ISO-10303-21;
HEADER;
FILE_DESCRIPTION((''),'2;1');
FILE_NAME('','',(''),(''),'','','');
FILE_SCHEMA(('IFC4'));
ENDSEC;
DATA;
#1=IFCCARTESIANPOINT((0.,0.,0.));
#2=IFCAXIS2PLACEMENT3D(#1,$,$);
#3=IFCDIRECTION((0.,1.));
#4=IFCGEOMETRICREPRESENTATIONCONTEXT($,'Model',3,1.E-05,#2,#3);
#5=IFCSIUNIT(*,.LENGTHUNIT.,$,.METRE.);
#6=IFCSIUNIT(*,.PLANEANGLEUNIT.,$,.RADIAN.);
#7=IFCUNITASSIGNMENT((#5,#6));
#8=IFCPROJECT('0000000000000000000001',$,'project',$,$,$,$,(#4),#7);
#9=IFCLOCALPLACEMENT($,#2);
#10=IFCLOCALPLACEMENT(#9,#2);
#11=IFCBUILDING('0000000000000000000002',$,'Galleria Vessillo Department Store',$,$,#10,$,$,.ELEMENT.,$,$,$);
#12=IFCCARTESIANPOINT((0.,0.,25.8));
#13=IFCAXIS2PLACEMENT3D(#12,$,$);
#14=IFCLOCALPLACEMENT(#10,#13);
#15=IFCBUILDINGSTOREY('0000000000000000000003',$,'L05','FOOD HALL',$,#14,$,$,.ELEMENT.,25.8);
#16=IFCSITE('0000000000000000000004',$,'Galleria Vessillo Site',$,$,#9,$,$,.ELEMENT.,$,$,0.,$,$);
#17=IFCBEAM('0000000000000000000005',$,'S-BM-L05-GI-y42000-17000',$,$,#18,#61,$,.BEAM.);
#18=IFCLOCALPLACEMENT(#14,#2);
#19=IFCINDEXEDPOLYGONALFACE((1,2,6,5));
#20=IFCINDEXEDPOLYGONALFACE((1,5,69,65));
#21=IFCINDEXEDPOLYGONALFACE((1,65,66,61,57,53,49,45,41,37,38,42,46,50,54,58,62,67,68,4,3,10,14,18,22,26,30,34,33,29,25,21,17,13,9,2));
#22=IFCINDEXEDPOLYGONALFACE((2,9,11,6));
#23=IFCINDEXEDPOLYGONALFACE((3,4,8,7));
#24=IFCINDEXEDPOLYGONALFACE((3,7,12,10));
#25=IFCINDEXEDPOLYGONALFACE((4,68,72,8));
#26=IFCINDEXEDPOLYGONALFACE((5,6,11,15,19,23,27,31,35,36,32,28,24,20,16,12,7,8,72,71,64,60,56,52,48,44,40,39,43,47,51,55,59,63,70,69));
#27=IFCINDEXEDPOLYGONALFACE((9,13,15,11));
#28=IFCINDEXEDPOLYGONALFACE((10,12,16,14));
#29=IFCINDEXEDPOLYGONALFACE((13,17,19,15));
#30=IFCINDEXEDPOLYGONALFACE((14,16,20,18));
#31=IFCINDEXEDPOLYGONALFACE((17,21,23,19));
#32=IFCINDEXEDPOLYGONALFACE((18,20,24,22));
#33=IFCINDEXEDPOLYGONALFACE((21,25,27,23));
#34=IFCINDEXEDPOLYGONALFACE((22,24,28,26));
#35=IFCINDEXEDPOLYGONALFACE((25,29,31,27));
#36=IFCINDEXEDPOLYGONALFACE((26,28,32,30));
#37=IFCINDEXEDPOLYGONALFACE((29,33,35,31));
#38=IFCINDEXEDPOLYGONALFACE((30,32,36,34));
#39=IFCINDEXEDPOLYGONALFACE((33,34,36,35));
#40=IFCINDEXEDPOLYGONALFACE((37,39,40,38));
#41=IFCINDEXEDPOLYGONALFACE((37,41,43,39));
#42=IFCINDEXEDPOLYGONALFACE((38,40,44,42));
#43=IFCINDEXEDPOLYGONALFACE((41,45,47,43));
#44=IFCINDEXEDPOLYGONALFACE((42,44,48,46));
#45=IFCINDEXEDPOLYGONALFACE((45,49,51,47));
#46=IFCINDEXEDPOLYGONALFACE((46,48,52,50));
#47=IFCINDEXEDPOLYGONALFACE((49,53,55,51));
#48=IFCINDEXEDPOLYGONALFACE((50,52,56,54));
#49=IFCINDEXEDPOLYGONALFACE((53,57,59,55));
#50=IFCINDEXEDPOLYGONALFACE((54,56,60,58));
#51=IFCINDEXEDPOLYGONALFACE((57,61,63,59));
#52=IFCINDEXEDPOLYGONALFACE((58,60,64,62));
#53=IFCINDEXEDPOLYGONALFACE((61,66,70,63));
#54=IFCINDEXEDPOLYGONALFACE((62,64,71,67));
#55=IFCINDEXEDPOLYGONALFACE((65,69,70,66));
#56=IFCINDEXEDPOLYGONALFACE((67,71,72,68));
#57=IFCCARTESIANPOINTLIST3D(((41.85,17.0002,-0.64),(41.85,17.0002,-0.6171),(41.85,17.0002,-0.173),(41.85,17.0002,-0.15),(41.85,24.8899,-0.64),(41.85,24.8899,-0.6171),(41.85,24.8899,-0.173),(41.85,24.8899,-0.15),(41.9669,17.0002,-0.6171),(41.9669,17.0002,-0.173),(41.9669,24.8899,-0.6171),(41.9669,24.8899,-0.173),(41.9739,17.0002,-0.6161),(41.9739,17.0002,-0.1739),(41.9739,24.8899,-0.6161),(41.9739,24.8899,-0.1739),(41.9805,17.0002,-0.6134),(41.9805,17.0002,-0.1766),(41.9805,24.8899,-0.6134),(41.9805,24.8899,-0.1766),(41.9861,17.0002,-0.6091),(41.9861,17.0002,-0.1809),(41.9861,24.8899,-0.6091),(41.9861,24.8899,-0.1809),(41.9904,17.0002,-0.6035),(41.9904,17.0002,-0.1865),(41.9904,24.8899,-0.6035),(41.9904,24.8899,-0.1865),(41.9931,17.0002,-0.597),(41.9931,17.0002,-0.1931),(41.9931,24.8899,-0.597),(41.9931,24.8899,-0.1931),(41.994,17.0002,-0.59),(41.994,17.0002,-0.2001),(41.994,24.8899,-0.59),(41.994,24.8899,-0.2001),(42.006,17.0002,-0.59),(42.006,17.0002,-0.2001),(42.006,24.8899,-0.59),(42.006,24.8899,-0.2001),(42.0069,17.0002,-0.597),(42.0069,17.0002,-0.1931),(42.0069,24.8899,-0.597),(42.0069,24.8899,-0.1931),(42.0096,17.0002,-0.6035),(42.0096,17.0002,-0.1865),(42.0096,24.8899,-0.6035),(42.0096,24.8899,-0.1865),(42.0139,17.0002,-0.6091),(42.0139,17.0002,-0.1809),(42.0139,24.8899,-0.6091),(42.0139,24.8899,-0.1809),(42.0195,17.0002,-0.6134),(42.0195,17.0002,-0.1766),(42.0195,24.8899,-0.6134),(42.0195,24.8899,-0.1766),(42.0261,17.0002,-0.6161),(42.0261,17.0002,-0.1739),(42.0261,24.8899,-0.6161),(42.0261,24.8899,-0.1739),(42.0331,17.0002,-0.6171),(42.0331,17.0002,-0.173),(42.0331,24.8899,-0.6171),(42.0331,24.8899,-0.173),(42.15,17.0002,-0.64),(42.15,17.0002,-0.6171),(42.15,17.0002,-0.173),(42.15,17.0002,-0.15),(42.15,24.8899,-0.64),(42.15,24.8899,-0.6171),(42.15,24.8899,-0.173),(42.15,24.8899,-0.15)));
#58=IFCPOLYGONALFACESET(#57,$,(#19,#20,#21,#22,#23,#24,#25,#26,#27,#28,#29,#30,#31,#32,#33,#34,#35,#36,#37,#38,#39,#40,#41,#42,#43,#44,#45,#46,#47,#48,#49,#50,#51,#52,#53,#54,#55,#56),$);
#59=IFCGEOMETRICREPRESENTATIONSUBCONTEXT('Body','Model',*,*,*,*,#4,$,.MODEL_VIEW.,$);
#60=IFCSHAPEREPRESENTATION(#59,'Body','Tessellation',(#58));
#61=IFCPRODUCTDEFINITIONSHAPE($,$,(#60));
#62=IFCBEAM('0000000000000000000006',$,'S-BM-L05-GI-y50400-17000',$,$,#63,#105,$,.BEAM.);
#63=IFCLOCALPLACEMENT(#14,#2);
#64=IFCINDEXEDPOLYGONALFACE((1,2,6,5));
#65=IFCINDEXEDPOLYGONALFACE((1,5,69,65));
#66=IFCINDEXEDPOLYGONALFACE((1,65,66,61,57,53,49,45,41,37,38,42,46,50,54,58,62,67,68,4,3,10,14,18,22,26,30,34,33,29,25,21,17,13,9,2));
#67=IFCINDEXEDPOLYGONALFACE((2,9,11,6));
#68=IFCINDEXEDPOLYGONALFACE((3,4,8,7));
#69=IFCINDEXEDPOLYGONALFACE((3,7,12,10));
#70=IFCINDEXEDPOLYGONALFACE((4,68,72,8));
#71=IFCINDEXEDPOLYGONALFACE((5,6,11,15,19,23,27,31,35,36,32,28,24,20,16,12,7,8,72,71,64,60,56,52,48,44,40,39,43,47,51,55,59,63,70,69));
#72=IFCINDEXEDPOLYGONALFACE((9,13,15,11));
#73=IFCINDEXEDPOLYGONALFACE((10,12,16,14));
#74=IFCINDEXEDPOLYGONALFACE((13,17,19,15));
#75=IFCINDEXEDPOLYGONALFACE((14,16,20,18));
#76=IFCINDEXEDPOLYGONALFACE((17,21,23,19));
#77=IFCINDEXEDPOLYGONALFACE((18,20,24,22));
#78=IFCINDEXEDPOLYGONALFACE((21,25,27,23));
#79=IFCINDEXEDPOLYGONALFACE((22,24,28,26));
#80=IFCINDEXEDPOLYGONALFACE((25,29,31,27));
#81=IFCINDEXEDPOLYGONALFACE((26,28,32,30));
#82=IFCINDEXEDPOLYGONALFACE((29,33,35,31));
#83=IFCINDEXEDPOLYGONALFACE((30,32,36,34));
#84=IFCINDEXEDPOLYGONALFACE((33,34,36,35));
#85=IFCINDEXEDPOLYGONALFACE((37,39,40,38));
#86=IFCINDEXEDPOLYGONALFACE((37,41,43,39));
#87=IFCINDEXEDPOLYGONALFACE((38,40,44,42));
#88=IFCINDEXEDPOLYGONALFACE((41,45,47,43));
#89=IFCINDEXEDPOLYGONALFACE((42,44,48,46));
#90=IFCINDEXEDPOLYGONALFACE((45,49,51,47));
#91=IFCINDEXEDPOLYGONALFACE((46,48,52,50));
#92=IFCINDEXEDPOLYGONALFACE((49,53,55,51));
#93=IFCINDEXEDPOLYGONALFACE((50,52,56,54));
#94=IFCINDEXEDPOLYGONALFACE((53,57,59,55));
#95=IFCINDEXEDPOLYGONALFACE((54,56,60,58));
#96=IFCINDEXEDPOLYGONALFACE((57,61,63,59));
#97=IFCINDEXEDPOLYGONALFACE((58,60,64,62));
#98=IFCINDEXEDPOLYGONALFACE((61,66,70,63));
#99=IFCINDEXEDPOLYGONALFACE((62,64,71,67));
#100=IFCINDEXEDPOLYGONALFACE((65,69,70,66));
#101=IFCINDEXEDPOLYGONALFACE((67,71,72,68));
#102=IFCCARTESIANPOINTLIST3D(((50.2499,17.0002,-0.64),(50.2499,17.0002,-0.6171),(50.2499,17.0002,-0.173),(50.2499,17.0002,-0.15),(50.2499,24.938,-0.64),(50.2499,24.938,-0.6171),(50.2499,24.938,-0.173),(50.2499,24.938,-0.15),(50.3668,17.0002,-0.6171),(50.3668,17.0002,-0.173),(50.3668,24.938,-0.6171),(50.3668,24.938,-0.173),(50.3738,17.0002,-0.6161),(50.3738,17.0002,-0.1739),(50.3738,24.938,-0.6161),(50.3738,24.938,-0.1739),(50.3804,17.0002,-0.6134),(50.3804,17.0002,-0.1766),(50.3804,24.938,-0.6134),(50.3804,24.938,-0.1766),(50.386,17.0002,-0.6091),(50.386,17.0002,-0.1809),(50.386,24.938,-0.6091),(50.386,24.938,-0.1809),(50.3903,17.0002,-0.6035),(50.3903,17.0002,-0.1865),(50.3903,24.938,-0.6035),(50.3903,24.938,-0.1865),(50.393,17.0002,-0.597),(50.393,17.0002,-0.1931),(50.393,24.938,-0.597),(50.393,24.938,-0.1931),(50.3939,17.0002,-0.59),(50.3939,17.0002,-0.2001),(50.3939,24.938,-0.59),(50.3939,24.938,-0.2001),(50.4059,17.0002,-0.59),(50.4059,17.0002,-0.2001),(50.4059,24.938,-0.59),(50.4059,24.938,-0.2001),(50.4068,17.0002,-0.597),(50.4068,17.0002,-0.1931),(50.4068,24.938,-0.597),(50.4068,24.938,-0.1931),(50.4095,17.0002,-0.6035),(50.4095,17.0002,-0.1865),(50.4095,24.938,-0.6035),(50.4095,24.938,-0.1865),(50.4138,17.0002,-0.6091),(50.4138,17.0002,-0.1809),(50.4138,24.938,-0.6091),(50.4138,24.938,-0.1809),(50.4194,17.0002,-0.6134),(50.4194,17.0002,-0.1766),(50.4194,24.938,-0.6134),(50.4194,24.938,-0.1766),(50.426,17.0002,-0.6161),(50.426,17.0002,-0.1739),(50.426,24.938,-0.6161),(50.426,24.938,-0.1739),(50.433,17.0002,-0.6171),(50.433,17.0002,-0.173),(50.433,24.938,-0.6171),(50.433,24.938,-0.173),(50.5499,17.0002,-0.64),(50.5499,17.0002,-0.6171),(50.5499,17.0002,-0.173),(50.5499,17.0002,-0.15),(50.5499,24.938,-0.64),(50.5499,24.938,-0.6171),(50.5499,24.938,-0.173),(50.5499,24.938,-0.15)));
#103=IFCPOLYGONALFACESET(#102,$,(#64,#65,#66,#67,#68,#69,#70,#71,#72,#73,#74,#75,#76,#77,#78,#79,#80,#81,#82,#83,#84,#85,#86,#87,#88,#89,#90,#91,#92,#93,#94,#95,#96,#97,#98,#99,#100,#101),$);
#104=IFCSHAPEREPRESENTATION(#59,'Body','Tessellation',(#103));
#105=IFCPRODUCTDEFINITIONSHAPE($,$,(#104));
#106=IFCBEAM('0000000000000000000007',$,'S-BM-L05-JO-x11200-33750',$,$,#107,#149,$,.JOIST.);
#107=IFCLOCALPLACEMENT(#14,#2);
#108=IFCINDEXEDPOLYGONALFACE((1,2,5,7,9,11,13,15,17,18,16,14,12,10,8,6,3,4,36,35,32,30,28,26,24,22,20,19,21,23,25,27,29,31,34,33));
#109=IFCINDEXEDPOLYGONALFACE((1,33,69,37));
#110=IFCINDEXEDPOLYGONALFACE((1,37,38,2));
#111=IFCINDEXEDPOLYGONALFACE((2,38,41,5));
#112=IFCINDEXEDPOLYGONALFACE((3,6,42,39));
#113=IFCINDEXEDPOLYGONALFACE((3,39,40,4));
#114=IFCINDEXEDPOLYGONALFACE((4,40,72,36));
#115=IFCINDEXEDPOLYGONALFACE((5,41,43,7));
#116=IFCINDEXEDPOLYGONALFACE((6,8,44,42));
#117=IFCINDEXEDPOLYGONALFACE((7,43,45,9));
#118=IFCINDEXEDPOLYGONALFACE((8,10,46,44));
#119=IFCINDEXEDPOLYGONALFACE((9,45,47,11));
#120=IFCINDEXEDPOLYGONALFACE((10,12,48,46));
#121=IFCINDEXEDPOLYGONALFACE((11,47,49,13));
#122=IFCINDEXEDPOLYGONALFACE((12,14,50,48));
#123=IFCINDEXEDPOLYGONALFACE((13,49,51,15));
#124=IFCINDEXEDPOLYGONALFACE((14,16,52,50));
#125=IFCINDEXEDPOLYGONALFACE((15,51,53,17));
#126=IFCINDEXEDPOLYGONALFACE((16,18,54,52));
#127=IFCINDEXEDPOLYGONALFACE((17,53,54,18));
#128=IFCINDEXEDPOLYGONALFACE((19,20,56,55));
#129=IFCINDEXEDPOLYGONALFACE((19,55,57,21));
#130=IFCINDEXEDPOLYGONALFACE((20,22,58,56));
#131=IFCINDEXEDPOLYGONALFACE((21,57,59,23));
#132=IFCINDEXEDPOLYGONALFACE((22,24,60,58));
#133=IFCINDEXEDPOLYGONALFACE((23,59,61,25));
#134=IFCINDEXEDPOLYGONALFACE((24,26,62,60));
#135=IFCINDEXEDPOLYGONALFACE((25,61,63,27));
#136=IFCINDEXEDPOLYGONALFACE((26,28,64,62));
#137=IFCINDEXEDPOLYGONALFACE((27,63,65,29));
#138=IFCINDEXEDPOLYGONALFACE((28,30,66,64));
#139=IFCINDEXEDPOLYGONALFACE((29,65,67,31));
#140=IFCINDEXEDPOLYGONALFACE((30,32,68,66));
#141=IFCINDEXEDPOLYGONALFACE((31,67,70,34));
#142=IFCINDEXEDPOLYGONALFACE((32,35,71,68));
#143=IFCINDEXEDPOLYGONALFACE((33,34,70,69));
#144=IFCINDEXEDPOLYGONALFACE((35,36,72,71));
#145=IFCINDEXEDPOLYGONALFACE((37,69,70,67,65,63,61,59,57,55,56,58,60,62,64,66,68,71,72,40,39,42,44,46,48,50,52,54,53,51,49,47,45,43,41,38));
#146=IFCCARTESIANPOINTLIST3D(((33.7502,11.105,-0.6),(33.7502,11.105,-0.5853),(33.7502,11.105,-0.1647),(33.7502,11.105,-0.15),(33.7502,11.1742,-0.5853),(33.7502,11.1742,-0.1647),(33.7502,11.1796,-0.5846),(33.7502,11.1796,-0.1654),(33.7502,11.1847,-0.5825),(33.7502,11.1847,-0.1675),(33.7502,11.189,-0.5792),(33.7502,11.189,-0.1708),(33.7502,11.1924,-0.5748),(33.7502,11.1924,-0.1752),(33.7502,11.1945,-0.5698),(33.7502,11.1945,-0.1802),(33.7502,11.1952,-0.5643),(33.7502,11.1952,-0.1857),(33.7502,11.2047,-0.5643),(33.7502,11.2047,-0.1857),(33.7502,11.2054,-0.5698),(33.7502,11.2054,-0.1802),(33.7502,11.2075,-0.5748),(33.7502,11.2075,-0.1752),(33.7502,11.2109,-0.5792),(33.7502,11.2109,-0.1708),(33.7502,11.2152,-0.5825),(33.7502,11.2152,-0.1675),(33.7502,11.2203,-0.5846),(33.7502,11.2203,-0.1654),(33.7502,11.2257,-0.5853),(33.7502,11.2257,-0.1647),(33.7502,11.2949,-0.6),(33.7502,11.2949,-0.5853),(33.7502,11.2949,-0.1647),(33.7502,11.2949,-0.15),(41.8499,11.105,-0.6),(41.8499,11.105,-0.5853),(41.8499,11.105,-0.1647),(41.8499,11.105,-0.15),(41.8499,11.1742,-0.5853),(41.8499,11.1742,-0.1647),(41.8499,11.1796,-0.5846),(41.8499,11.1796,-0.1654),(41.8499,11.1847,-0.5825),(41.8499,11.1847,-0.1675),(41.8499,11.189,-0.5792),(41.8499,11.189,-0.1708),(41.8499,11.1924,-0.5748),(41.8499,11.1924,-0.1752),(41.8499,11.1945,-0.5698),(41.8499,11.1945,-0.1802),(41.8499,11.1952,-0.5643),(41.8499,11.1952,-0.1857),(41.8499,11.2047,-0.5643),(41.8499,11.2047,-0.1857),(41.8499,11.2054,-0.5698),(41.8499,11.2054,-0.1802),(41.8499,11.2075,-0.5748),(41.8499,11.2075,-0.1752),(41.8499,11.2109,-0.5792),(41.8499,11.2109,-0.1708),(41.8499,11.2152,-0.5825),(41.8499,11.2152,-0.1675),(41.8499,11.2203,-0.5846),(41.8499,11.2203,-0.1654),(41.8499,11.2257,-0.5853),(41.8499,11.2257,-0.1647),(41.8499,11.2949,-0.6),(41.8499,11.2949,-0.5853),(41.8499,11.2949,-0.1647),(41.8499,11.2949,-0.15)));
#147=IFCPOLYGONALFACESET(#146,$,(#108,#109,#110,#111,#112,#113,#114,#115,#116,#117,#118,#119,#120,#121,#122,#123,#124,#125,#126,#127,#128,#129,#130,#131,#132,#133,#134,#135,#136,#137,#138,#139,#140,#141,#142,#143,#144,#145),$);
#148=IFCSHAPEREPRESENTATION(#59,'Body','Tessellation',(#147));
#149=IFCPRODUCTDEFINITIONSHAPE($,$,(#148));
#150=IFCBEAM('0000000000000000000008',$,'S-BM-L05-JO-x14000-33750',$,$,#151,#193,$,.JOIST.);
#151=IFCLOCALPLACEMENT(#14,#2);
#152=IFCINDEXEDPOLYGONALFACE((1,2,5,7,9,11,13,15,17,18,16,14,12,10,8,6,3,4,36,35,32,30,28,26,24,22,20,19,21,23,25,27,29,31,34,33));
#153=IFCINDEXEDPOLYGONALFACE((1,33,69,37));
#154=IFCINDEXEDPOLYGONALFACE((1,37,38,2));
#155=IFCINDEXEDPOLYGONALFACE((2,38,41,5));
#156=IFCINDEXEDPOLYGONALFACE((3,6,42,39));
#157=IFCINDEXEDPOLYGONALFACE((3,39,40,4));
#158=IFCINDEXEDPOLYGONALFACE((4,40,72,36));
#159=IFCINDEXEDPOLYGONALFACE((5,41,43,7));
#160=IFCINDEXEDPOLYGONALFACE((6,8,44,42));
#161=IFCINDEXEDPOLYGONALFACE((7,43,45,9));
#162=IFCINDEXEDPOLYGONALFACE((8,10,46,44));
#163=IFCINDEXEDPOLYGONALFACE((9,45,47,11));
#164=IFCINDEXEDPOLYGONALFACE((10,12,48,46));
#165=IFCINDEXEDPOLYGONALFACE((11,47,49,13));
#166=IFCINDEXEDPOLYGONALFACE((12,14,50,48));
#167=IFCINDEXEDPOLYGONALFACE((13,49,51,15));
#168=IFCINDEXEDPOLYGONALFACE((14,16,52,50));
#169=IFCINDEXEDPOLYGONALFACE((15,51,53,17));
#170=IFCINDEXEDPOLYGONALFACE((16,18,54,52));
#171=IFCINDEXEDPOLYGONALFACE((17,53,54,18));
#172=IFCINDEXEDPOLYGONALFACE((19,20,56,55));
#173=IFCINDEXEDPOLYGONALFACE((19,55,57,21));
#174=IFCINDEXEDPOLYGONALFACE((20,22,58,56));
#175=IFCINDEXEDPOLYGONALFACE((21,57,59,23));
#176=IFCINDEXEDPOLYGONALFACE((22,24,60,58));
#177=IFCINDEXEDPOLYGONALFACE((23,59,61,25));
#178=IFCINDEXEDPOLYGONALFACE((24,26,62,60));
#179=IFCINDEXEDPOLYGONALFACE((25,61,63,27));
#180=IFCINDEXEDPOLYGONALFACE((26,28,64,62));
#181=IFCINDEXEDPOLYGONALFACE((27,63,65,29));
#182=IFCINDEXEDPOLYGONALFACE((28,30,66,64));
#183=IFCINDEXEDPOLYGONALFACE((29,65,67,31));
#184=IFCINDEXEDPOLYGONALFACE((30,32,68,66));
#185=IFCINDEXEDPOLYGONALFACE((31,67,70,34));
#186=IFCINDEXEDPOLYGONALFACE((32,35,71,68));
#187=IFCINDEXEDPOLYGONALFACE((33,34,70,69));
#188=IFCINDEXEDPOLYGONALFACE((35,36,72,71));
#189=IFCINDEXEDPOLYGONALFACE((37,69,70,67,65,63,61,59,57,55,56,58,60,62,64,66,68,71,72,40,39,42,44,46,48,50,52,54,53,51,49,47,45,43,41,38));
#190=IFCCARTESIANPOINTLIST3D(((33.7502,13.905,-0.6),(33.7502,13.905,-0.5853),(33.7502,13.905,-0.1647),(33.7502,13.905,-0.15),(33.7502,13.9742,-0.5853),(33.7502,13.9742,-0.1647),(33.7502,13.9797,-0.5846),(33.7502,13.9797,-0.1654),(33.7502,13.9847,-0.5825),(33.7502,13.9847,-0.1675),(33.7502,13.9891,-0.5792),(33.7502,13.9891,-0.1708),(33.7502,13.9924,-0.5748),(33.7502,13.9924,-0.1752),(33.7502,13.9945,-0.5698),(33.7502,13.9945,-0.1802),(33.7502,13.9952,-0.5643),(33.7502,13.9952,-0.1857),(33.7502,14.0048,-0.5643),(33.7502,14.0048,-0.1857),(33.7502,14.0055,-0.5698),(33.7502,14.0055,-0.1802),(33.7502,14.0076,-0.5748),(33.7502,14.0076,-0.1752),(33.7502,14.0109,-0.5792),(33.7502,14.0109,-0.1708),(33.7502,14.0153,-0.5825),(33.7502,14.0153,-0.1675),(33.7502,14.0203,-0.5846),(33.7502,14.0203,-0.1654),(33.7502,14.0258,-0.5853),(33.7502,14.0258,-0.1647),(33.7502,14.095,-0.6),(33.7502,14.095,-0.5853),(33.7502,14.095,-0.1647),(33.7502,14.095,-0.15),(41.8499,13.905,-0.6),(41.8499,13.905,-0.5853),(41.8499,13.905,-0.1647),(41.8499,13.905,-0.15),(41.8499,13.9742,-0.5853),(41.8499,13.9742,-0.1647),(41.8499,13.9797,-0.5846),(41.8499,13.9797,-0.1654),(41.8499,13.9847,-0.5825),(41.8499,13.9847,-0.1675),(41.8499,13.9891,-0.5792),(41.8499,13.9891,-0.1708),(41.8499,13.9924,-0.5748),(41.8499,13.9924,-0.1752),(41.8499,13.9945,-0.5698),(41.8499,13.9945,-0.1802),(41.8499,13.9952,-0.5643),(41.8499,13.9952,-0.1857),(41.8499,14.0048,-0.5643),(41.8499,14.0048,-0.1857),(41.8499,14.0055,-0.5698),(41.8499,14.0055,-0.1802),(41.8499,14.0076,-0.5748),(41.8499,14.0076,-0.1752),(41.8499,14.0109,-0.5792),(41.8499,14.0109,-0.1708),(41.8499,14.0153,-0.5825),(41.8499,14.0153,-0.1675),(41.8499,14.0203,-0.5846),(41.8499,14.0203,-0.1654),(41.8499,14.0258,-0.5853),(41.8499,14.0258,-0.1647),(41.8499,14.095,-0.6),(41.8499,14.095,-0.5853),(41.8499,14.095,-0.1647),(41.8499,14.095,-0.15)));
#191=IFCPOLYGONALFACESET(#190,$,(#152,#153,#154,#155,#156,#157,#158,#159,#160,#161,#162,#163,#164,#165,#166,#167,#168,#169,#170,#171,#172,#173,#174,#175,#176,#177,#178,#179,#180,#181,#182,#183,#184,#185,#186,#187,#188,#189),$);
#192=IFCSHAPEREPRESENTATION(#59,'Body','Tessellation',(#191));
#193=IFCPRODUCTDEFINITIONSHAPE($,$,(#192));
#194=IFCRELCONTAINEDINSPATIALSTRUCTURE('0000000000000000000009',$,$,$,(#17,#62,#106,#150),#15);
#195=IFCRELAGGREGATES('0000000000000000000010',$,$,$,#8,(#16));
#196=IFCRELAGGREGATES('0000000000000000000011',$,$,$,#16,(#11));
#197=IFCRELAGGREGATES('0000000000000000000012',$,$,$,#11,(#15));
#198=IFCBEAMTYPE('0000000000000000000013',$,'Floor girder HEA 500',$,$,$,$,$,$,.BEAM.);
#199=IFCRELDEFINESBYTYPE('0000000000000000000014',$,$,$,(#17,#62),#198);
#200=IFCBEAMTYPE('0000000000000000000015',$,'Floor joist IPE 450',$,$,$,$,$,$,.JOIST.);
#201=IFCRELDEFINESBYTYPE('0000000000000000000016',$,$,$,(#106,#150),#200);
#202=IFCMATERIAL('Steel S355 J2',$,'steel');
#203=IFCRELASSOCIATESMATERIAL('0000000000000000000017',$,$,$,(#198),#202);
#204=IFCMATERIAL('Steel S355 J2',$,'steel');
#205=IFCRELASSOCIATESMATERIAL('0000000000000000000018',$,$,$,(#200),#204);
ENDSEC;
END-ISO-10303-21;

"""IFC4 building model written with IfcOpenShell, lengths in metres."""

from ifc_helpers import new_model, si_unit, direction, frame, origin, origin_2d, place, context, subcontext, project, spatial, i_section, extrude, material, material_profile, profile_set, type_object, element, save


model = new_model("IFC4")

# Units and contexts
model_context = context("Model", 3, precision=1e-05, world=origin(), true_north=direction((0.0, 1.0)))
body_context = subcontext(model_context, "Body", "Model", "MODEL_VIEW")
ifc_project = project(units=[si_unit("LENGTHUNIT", "METRE"), si_unit("PLANEANGLEUNIT", "RADIAN")], contexts=[model_context])

# Site, building, storey
site_placement = place(None, origin())
site = spatial("IfcSite", under=ifc_project, at=site_placement, Name="Galleria Vessillo Site", CompositionType="ELEMENT", RefElevation=0.0)
building_placement = place(site_placement, origin())
building = spatial("IfcBuilding", under=site, at=building_placement, Name="Galleria Vessillo Department Store", CompositionType="ELEMENT")
storey_placement = place(building_placement, frame((0.0, 0.0, 25.8)))
storey = spatial("IfcBuildingStorey", under=building, at=storey_placement, Name="L05", Description="FOOD HALL", CompositionType="ELEMENT", Elevation=25.8)

# Beams
ifc_material_1 = material(Name="Steel S355 J2", Category="steel")
ifc_material_profile_1 = material_profile(ifc_material_1, i_section(OverallWidth=0.3, OverallDepth=0.49, WebThickness=0.012, FlangeThickness=0.0229, FilletRadius=0.0271, at=origin_2d()), Name="HEA 500")
ifc_profile_set_1 = profile_set([ifc_material_profile_1], Name="Steel S355 J2")
beam_type_1 = type_object("IfcBeamType", Name="Floor girder HEA 500", PredefinedType="BEAM", material=ifc_profile_set_1)
for number, where, z_axis, x_axis, name in (
    (1, (42.0, 17.0002, -0.395), (0.0, 1.0, 0.0), (-1.0, 0.0, 0.0), "S-BM-L05-GI-y42000-17000"),
):
    element("IfcBeam", number, at=place(storey_placement, frame(where, z_axis=z_axis, x_axis=x_axis)), inside=storey, type_object=beam_type_1, Name=name, PredefinedType="BEAM", context=body_context, shape_type="SweptSolid", body=[
        extrude(i_section(OverallWidth=0.3, OverallDepth=0.49, WebThickness=0.012, FlangeThickness=0.0229, FilletRadius=0.0271, at=origin_2d()), origin(), (0.0, 0.0, 1.0), 7.8896),
    ])
beam_placement = place(storey_placement, frame((50.3999, 17.0002, -0.395), z_axis=(0.0, 1.0, 0.0), x_axis=(-1.0, 0.0, 0.0)))
element("IfcBeam", 2, at=beam_placement, inside=storey, type_object=beam_type_1, Name="S-BM-L05-GI-y50400-17000", PredefinedType="BEAM", context=body_context, shape_type="SweptSolid", body=[
    extrude(i_section(OverallWidth=0.3, OverallDepth=0.49, WebThickness=0.012, FlangeThickness=0.0229, FilletRadius=0.0271, at=origin_2d()), origin(), (0.0, 0.0, 1.0), 7.9377),
])
ifc_material_2 = material(Name="Steel S355 J2", Category="steel")
ifc_material_profile_2 = material_profile(ifc_material_2, i_section(OverallWidth=0.1899, OverallDepth=0.45, WebThickness=0.0095, FlangeThickness=0.0146, FilletRadius=0.021, at=origin_2d()), Name="IPE 450")
ifc_profile_set_2 = profile_set([ifc_material_profile_2], Name="Steel S355 J2")
beam_type_2 = type_object("IfcBeamType", Name="Floor joist IPE 450", PredefinedType="JOIST", material=ifc_profile_set_2)
for number, where, z_axis, x_axis, name in (
    (3, (33.7502, 11.2, -0.375), (1.0, 0.0, 0.0), (0.0, 1.0, 0.0), "S-BM-L05-JO-x11200-33750"),
    (4, (33.7502, 14.0, -0.375), (1.0, 0.0, 0.0), (0.0, 1.0, 0.0), "S-BM-L05-JO-x14000-33750"),
):
    element("IfcBeam", number, at=place(storey_placement, frame(where, z_axis=z_axis, x_axis=x_axis)), inside=storey, type_object=beam_type_2, Name=name, PredefinedType="JOIST", context=body_context, shape_type="SweptSolid", body=[
        extrude(i_section(OverallWidth=0.1899, OverallDepth=0.45, WebThickness=0.0095, FlangeThickness=0.0146, FilletRadius=0.021, at=origin_2d()), origin(), (0.0, 0.0, 1.0), 8.0996),
    ])

save(model, "model.ifc")
